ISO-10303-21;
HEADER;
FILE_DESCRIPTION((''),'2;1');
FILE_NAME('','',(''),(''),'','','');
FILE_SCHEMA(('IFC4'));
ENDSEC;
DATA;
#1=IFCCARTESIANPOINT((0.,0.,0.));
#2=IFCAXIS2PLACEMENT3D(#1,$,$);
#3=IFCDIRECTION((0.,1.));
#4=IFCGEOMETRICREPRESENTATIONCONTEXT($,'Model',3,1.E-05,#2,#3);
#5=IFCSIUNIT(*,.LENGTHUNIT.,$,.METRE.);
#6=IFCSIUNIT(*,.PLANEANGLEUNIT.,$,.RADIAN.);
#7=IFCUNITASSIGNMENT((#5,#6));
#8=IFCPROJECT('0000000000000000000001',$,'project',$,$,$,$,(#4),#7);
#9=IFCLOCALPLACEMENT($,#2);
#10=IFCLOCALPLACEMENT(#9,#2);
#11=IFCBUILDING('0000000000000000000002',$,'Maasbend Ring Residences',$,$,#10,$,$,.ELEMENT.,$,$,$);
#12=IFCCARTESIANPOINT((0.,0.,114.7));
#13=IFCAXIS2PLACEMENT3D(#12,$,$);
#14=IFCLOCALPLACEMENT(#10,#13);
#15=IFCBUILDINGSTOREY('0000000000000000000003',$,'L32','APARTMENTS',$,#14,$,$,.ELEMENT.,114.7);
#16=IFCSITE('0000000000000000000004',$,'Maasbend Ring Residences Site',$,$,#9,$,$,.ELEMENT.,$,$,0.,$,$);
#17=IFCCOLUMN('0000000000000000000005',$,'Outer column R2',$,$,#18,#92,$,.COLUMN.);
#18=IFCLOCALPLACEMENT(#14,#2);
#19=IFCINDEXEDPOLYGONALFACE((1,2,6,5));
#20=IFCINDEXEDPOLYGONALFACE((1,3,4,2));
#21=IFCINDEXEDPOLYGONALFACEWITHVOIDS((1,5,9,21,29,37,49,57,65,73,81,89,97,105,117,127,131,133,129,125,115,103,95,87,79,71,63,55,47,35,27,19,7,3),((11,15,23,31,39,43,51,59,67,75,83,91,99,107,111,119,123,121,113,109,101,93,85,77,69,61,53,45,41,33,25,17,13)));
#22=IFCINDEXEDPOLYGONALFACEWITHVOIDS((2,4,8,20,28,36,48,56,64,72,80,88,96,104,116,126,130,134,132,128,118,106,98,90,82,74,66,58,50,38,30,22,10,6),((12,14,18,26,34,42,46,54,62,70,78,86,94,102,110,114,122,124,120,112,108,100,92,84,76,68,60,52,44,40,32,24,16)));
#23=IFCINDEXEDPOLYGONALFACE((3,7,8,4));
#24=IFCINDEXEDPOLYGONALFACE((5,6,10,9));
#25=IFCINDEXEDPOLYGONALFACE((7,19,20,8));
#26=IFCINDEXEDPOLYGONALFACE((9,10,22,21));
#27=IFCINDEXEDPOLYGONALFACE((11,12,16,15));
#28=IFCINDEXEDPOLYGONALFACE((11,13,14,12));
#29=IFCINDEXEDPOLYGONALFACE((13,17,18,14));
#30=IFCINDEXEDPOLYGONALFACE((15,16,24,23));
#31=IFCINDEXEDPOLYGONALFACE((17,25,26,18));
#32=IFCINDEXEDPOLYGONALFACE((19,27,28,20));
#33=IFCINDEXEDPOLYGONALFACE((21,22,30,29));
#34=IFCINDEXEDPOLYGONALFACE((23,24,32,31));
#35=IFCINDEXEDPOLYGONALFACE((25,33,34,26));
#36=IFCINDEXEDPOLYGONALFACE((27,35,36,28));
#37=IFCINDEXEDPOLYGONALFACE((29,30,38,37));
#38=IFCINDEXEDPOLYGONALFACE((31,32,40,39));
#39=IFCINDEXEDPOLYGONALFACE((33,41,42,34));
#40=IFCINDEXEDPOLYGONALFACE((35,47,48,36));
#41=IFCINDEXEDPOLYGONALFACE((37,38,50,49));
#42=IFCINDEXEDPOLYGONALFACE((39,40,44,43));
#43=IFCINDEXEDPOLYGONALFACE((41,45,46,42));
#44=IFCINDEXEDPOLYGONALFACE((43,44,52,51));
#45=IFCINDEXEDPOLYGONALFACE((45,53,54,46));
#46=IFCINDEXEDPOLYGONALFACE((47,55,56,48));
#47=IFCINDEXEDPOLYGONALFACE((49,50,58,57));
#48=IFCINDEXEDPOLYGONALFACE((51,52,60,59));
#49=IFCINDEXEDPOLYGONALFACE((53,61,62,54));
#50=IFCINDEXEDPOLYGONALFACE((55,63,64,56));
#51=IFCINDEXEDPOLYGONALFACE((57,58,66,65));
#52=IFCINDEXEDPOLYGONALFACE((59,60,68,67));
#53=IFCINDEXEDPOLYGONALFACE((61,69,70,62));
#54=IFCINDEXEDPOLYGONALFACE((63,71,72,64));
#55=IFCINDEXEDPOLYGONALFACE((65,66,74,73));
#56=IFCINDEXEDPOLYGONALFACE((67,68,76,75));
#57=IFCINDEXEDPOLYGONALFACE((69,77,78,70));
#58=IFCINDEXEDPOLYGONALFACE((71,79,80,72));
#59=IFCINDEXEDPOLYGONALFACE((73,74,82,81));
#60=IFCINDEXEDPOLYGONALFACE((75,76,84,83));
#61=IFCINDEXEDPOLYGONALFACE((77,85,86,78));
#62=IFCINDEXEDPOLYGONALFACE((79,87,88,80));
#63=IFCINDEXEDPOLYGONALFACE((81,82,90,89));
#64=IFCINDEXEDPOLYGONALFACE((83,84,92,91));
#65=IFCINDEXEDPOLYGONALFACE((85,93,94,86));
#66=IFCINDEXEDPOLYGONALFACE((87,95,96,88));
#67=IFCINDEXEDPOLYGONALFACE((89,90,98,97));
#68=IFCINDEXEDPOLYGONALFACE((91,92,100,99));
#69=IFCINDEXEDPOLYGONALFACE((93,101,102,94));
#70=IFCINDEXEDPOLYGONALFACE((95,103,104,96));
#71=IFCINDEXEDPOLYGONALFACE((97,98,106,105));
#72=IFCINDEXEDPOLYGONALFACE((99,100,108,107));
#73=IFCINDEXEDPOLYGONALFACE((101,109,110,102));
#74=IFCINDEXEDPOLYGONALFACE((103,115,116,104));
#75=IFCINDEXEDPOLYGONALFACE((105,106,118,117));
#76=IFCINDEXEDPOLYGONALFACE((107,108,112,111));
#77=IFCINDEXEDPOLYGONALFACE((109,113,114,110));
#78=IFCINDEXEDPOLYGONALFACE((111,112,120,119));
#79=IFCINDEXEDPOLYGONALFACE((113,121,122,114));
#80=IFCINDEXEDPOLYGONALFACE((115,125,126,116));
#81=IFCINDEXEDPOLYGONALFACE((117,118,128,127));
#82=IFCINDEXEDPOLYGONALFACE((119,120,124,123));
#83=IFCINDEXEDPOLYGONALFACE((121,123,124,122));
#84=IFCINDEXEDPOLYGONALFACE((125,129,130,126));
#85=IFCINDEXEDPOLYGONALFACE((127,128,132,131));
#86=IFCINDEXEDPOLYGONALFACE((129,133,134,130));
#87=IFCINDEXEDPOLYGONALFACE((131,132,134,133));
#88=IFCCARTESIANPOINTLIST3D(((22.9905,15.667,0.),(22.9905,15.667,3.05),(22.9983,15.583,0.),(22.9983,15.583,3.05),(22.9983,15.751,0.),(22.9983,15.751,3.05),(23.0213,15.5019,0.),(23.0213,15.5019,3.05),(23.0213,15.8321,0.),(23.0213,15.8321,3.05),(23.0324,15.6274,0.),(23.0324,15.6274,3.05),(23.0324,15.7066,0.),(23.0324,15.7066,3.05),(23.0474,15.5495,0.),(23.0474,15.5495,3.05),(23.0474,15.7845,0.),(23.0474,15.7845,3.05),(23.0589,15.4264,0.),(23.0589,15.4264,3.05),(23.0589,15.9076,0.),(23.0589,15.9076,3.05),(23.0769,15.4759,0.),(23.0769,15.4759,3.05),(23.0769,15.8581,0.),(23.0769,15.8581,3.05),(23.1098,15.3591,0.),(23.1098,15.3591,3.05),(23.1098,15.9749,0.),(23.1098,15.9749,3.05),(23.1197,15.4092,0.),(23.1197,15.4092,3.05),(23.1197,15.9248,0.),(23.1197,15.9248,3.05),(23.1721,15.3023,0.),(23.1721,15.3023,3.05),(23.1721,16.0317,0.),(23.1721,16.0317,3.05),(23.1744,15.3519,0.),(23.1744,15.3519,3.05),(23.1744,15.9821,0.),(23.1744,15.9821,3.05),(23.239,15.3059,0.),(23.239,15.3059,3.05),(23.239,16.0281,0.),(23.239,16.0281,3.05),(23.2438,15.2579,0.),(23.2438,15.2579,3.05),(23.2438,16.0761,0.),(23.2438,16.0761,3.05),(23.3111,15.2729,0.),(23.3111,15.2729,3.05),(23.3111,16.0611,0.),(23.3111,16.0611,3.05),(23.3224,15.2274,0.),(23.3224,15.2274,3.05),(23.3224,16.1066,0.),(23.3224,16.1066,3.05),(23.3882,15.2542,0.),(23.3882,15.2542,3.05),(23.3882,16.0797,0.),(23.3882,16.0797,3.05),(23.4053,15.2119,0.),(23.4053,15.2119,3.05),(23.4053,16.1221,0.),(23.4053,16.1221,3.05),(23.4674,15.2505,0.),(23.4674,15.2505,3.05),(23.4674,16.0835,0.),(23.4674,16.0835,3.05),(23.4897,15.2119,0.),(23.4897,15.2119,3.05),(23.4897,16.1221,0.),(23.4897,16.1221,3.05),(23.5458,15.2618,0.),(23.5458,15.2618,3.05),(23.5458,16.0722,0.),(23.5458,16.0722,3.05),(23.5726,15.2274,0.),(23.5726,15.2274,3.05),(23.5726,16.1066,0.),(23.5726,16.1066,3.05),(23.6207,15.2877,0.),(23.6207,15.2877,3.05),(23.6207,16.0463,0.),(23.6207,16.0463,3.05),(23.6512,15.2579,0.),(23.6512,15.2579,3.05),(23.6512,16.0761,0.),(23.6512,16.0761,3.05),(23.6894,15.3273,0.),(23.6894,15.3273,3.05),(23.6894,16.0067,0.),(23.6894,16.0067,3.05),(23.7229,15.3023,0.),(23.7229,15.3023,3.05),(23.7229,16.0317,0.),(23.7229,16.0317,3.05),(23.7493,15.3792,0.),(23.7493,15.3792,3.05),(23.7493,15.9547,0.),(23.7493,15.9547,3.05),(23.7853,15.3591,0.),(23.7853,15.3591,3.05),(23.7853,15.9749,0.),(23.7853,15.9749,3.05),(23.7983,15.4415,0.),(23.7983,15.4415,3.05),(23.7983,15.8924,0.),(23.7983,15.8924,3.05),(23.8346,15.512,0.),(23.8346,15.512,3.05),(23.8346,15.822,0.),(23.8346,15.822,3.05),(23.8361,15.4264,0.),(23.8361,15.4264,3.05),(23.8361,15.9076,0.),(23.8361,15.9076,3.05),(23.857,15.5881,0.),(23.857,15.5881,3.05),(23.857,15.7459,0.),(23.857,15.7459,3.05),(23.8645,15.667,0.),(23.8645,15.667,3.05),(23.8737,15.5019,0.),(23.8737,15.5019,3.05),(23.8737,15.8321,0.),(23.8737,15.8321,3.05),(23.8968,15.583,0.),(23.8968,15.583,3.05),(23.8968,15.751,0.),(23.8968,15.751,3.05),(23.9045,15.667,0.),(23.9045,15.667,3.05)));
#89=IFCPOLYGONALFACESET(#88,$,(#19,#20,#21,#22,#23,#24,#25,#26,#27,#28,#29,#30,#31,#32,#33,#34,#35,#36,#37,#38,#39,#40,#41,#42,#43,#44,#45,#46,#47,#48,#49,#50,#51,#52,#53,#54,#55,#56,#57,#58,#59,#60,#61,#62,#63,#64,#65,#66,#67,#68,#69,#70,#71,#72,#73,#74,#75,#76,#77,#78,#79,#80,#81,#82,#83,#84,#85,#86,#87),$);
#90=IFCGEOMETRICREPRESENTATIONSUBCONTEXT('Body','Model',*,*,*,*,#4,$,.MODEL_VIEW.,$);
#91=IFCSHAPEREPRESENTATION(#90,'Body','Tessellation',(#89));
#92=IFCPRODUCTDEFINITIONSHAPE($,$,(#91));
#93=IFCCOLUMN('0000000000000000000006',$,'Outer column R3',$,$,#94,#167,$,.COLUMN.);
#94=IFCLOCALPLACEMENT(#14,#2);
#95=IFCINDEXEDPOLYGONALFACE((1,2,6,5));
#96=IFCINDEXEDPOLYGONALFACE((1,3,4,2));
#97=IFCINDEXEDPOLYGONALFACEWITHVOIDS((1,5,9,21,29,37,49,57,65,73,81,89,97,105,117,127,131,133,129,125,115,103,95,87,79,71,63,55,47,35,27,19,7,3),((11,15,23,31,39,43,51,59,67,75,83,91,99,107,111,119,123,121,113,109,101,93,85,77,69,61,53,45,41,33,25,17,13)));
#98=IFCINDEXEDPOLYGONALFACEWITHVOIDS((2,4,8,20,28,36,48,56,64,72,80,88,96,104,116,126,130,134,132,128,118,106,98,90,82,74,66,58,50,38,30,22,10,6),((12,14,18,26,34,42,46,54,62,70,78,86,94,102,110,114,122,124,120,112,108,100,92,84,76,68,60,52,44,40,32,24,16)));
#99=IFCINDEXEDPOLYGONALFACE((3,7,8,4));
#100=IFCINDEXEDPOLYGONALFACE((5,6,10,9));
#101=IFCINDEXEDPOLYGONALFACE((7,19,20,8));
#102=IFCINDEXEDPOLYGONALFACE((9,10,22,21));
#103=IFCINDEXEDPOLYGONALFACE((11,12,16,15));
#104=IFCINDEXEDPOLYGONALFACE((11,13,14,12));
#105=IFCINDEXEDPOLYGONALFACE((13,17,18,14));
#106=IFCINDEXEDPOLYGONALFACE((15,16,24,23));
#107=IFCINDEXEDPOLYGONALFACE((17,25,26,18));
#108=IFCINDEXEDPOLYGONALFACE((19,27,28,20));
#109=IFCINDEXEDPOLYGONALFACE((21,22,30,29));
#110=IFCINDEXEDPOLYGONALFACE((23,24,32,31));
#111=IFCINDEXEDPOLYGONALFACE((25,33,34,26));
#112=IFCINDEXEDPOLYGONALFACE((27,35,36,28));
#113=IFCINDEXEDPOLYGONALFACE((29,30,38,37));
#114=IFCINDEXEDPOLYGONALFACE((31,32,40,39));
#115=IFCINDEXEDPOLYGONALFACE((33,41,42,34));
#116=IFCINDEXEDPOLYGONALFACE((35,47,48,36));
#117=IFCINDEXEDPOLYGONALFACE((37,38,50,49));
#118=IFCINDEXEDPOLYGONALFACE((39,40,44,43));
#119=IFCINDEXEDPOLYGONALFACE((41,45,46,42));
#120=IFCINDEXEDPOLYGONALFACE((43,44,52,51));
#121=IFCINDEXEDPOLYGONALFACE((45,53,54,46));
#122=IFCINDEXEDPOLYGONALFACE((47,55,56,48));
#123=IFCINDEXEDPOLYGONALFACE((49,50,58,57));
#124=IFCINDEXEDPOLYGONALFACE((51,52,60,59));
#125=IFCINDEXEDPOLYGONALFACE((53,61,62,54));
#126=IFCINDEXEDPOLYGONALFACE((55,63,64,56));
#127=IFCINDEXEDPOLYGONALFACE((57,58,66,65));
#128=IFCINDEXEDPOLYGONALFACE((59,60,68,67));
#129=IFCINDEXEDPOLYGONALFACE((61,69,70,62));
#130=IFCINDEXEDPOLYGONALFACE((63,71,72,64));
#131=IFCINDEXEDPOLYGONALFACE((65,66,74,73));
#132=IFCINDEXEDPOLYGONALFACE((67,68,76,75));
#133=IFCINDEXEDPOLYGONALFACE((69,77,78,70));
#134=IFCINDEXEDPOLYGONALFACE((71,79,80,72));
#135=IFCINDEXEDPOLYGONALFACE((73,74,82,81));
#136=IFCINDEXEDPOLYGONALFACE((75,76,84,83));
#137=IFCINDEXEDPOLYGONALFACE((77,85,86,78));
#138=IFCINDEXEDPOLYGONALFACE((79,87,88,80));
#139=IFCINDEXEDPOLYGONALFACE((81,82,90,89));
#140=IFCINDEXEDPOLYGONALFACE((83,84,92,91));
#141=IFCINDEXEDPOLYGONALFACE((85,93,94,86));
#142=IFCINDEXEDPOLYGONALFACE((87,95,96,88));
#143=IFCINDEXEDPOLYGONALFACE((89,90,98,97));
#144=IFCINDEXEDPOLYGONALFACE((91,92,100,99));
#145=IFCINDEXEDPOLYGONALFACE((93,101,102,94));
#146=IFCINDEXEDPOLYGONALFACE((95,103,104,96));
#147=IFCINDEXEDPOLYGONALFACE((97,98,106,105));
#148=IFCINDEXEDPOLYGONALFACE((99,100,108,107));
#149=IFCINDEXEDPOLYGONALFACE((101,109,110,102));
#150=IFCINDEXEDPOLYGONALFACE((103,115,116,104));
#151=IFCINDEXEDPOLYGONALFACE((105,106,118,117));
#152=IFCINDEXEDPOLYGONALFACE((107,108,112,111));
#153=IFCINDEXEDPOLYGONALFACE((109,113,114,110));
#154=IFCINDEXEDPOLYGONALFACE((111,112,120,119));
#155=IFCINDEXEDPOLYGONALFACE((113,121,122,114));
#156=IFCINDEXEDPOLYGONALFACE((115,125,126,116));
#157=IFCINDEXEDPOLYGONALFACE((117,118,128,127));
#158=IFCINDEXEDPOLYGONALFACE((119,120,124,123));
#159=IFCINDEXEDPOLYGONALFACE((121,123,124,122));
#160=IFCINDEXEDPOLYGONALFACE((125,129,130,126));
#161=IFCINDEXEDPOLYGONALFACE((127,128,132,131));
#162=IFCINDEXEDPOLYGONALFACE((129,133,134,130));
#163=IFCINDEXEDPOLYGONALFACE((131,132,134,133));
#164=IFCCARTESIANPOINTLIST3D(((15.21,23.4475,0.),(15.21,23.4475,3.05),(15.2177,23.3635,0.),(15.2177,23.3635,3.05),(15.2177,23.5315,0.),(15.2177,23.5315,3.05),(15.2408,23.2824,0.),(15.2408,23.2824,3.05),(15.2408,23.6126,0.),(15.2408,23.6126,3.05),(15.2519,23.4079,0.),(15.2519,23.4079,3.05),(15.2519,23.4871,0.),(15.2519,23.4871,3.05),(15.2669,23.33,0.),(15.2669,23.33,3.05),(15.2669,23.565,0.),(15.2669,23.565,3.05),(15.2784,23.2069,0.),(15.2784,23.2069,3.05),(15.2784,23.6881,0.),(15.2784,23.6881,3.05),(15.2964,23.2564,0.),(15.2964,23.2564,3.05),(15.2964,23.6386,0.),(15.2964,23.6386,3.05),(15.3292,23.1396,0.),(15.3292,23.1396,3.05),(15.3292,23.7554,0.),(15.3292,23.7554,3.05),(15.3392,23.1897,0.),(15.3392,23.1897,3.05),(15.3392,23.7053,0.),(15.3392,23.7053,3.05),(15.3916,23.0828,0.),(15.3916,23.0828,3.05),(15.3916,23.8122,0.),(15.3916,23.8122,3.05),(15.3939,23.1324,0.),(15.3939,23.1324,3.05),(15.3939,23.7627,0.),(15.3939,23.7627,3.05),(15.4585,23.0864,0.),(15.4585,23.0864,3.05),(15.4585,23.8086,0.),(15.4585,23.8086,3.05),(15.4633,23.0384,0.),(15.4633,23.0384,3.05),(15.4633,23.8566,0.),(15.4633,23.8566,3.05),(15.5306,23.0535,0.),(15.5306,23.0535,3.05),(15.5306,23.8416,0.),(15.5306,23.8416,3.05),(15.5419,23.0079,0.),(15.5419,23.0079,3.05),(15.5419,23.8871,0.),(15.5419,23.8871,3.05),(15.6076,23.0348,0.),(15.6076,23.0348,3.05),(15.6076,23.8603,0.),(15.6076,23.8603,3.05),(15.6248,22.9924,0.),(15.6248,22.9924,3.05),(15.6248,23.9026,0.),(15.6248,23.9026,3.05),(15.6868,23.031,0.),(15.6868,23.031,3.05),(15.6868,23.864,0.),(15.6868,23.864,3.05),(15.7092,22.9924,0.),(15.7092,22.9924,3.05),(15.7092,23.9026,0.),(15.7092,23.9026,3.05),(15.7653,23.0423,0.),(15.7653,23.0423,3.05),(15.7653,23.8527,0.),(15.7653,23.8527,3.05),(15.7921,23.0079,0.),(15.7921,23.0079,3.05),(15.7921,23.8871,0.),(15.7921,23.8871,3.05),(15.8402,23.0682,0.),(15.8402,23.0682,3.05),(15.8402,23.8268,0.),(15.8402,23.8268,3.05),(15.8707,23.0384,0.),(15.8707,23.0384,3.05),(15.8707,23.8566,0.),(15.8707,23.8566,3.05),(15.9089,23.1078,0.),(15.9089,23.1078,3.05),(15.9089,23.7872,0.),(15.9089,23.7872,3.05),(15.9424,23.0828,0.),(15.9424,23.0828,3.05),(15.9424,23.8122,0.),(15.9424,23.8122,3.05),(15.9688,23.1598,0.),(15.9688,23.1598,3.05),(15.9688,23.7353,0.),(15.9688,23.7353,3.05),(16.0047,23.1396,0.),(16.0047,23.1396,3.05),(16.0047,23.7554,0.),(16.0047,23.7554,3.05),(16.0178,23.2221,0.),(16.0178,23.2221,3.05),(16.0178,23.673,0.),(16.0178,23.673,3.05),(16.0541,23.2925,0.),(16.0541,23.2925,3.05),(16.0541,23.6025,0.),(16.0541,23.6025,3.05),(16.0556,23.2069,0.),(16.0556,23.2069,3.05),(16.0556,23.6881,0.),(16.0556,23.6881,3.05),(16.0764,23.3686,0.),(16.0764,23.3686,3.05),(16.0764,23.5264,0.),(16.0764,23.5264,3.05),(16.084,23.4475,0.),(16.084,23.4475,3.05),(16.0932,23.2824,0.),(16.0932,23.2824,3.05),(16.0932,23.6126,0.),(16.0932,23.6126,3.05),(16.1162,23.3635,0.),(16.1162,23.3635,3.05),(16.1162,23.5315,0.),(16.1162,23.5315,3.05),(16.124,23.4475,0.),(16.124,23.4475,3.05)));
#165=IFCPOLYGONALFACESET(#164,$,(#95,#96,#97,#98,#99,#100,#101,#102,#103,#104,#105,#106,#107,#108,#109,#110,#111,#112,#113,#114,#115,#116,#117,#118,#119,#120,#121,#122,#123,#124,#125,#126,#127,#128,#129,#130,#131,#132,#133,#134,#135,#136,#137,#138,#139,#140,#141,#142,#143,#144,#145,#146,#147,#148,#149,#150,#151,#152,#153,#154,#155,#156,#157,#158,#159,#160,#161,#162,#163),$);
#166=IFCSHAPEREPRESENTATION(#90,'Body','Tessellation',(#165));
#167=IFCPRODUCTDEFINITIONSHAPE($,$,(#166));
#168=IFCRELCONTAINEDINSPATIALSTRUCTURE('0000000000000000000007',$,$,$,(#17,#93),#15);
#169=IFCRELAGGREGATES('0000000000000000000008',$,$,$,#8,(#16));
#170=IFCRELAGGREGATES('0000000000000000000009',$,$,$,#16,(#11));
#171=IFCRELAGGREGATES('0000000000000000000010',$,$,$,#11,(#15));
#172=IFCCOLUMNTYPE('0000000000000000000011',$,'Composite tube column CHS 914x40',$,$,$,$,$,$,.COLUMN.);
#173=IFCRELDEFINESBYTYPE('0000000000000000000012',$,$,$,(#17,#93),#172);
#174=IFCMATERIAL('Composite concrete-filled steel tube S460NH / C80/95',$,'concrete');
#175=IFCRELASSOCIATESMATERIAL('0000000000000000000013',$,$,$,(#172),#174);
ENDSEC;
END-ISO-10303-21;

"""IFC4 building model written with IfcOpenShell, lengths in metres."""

from ifc_helpers import new_model, si_unit, direction, frame, origin, origin_2d, place, context, subcontext, project, spatial, hollow_circle, extrude, material, material_profile, profile_set, type_object, element, save


model = new_model("IFC4")

# Units and contexts
model_context = context("Model", 3, precision=1e-05, world=origin(), true_north=direction((0.0, 1.0)))
body_context = subcontext(model_context, "Body", "Model", "MODEL_VIEW")
ifc_project = project(units=[si_unit("LENGTHUNIT", "METRE"), si_unit("PLANEANGLEUNIT", "RADIAN")], contexts=[model_context])

# Site, building, storey
site_placement = place(None, origin())
site = spatial("IfcSite", under=ifc_project, at=site_placement, Name="Maasbend Ring Residences Site", CompositionType="ELEMENT", RefElevation=0.0)
building_placement = place(site_placement, origin())
building = spatial("IfcBuilding", under=site, at=building_placement, Name="Maasbend Ring Residences", CompositionType="ELEMENT")
storey_placement = place(building_placement, frame((0.0, 0.0, 114.7)))
storey = spatial("IfcBuildingStorey", under=building, at=storey_placement, Name="L32", Description="APARTMENTS", CompositionType="ELEMENT", Elevation=114.7)

# Columns
ifc_material_1 = material(Name="Composite concrete-filled steel tube S460NH / C80/95", Category="concrete")
ifc_material_profile_1 = material_profile(ifc_material_1, hollow_circle(Radius=0.457, WallThickness=0.04, at=origin_2d()), Name="Composite tube column CHS 914x40")
ifc_profile_set_1 = profile_set([ifc_material_profile_1], Name="Composite concrete-filled steel tube S460NH / C80/95")
column_type = type_object("IfcColumnType", Name="Composite tube column CHS 914x40", PredefinedType="COLUMN", material=ifc_profile_set_1)
for number, where, z_axis, x_axis, name in (
    (1, (23.4475, 15.667, 0.0), (0.0, 0.0, 1.0), (1.0, 0.0, 0.0), "Outer column R2"),
    (2, (15.667, 23.4475, 0.0), (0.0, 0.0, 1.0), (1.0, 0.0, 0.0), "Outer column R3"),
):
    element("IfcColumn", number, at=place(storey_placement, frame(where, z_axis=z_axis, x_axis=x_axis)), inside=storey, type_object=column_type, Name=name, PredefinedType="COLUMN", context=body_context, shape_type="SweptSolid", body=[
        extrude(hollow_circle(Radius=0.457, WallThickness=0.04, at=origin_2d()), origin(), (0.0, 0.0, 1.0), 3.05),
    ])

save(model, "model.ifc")
